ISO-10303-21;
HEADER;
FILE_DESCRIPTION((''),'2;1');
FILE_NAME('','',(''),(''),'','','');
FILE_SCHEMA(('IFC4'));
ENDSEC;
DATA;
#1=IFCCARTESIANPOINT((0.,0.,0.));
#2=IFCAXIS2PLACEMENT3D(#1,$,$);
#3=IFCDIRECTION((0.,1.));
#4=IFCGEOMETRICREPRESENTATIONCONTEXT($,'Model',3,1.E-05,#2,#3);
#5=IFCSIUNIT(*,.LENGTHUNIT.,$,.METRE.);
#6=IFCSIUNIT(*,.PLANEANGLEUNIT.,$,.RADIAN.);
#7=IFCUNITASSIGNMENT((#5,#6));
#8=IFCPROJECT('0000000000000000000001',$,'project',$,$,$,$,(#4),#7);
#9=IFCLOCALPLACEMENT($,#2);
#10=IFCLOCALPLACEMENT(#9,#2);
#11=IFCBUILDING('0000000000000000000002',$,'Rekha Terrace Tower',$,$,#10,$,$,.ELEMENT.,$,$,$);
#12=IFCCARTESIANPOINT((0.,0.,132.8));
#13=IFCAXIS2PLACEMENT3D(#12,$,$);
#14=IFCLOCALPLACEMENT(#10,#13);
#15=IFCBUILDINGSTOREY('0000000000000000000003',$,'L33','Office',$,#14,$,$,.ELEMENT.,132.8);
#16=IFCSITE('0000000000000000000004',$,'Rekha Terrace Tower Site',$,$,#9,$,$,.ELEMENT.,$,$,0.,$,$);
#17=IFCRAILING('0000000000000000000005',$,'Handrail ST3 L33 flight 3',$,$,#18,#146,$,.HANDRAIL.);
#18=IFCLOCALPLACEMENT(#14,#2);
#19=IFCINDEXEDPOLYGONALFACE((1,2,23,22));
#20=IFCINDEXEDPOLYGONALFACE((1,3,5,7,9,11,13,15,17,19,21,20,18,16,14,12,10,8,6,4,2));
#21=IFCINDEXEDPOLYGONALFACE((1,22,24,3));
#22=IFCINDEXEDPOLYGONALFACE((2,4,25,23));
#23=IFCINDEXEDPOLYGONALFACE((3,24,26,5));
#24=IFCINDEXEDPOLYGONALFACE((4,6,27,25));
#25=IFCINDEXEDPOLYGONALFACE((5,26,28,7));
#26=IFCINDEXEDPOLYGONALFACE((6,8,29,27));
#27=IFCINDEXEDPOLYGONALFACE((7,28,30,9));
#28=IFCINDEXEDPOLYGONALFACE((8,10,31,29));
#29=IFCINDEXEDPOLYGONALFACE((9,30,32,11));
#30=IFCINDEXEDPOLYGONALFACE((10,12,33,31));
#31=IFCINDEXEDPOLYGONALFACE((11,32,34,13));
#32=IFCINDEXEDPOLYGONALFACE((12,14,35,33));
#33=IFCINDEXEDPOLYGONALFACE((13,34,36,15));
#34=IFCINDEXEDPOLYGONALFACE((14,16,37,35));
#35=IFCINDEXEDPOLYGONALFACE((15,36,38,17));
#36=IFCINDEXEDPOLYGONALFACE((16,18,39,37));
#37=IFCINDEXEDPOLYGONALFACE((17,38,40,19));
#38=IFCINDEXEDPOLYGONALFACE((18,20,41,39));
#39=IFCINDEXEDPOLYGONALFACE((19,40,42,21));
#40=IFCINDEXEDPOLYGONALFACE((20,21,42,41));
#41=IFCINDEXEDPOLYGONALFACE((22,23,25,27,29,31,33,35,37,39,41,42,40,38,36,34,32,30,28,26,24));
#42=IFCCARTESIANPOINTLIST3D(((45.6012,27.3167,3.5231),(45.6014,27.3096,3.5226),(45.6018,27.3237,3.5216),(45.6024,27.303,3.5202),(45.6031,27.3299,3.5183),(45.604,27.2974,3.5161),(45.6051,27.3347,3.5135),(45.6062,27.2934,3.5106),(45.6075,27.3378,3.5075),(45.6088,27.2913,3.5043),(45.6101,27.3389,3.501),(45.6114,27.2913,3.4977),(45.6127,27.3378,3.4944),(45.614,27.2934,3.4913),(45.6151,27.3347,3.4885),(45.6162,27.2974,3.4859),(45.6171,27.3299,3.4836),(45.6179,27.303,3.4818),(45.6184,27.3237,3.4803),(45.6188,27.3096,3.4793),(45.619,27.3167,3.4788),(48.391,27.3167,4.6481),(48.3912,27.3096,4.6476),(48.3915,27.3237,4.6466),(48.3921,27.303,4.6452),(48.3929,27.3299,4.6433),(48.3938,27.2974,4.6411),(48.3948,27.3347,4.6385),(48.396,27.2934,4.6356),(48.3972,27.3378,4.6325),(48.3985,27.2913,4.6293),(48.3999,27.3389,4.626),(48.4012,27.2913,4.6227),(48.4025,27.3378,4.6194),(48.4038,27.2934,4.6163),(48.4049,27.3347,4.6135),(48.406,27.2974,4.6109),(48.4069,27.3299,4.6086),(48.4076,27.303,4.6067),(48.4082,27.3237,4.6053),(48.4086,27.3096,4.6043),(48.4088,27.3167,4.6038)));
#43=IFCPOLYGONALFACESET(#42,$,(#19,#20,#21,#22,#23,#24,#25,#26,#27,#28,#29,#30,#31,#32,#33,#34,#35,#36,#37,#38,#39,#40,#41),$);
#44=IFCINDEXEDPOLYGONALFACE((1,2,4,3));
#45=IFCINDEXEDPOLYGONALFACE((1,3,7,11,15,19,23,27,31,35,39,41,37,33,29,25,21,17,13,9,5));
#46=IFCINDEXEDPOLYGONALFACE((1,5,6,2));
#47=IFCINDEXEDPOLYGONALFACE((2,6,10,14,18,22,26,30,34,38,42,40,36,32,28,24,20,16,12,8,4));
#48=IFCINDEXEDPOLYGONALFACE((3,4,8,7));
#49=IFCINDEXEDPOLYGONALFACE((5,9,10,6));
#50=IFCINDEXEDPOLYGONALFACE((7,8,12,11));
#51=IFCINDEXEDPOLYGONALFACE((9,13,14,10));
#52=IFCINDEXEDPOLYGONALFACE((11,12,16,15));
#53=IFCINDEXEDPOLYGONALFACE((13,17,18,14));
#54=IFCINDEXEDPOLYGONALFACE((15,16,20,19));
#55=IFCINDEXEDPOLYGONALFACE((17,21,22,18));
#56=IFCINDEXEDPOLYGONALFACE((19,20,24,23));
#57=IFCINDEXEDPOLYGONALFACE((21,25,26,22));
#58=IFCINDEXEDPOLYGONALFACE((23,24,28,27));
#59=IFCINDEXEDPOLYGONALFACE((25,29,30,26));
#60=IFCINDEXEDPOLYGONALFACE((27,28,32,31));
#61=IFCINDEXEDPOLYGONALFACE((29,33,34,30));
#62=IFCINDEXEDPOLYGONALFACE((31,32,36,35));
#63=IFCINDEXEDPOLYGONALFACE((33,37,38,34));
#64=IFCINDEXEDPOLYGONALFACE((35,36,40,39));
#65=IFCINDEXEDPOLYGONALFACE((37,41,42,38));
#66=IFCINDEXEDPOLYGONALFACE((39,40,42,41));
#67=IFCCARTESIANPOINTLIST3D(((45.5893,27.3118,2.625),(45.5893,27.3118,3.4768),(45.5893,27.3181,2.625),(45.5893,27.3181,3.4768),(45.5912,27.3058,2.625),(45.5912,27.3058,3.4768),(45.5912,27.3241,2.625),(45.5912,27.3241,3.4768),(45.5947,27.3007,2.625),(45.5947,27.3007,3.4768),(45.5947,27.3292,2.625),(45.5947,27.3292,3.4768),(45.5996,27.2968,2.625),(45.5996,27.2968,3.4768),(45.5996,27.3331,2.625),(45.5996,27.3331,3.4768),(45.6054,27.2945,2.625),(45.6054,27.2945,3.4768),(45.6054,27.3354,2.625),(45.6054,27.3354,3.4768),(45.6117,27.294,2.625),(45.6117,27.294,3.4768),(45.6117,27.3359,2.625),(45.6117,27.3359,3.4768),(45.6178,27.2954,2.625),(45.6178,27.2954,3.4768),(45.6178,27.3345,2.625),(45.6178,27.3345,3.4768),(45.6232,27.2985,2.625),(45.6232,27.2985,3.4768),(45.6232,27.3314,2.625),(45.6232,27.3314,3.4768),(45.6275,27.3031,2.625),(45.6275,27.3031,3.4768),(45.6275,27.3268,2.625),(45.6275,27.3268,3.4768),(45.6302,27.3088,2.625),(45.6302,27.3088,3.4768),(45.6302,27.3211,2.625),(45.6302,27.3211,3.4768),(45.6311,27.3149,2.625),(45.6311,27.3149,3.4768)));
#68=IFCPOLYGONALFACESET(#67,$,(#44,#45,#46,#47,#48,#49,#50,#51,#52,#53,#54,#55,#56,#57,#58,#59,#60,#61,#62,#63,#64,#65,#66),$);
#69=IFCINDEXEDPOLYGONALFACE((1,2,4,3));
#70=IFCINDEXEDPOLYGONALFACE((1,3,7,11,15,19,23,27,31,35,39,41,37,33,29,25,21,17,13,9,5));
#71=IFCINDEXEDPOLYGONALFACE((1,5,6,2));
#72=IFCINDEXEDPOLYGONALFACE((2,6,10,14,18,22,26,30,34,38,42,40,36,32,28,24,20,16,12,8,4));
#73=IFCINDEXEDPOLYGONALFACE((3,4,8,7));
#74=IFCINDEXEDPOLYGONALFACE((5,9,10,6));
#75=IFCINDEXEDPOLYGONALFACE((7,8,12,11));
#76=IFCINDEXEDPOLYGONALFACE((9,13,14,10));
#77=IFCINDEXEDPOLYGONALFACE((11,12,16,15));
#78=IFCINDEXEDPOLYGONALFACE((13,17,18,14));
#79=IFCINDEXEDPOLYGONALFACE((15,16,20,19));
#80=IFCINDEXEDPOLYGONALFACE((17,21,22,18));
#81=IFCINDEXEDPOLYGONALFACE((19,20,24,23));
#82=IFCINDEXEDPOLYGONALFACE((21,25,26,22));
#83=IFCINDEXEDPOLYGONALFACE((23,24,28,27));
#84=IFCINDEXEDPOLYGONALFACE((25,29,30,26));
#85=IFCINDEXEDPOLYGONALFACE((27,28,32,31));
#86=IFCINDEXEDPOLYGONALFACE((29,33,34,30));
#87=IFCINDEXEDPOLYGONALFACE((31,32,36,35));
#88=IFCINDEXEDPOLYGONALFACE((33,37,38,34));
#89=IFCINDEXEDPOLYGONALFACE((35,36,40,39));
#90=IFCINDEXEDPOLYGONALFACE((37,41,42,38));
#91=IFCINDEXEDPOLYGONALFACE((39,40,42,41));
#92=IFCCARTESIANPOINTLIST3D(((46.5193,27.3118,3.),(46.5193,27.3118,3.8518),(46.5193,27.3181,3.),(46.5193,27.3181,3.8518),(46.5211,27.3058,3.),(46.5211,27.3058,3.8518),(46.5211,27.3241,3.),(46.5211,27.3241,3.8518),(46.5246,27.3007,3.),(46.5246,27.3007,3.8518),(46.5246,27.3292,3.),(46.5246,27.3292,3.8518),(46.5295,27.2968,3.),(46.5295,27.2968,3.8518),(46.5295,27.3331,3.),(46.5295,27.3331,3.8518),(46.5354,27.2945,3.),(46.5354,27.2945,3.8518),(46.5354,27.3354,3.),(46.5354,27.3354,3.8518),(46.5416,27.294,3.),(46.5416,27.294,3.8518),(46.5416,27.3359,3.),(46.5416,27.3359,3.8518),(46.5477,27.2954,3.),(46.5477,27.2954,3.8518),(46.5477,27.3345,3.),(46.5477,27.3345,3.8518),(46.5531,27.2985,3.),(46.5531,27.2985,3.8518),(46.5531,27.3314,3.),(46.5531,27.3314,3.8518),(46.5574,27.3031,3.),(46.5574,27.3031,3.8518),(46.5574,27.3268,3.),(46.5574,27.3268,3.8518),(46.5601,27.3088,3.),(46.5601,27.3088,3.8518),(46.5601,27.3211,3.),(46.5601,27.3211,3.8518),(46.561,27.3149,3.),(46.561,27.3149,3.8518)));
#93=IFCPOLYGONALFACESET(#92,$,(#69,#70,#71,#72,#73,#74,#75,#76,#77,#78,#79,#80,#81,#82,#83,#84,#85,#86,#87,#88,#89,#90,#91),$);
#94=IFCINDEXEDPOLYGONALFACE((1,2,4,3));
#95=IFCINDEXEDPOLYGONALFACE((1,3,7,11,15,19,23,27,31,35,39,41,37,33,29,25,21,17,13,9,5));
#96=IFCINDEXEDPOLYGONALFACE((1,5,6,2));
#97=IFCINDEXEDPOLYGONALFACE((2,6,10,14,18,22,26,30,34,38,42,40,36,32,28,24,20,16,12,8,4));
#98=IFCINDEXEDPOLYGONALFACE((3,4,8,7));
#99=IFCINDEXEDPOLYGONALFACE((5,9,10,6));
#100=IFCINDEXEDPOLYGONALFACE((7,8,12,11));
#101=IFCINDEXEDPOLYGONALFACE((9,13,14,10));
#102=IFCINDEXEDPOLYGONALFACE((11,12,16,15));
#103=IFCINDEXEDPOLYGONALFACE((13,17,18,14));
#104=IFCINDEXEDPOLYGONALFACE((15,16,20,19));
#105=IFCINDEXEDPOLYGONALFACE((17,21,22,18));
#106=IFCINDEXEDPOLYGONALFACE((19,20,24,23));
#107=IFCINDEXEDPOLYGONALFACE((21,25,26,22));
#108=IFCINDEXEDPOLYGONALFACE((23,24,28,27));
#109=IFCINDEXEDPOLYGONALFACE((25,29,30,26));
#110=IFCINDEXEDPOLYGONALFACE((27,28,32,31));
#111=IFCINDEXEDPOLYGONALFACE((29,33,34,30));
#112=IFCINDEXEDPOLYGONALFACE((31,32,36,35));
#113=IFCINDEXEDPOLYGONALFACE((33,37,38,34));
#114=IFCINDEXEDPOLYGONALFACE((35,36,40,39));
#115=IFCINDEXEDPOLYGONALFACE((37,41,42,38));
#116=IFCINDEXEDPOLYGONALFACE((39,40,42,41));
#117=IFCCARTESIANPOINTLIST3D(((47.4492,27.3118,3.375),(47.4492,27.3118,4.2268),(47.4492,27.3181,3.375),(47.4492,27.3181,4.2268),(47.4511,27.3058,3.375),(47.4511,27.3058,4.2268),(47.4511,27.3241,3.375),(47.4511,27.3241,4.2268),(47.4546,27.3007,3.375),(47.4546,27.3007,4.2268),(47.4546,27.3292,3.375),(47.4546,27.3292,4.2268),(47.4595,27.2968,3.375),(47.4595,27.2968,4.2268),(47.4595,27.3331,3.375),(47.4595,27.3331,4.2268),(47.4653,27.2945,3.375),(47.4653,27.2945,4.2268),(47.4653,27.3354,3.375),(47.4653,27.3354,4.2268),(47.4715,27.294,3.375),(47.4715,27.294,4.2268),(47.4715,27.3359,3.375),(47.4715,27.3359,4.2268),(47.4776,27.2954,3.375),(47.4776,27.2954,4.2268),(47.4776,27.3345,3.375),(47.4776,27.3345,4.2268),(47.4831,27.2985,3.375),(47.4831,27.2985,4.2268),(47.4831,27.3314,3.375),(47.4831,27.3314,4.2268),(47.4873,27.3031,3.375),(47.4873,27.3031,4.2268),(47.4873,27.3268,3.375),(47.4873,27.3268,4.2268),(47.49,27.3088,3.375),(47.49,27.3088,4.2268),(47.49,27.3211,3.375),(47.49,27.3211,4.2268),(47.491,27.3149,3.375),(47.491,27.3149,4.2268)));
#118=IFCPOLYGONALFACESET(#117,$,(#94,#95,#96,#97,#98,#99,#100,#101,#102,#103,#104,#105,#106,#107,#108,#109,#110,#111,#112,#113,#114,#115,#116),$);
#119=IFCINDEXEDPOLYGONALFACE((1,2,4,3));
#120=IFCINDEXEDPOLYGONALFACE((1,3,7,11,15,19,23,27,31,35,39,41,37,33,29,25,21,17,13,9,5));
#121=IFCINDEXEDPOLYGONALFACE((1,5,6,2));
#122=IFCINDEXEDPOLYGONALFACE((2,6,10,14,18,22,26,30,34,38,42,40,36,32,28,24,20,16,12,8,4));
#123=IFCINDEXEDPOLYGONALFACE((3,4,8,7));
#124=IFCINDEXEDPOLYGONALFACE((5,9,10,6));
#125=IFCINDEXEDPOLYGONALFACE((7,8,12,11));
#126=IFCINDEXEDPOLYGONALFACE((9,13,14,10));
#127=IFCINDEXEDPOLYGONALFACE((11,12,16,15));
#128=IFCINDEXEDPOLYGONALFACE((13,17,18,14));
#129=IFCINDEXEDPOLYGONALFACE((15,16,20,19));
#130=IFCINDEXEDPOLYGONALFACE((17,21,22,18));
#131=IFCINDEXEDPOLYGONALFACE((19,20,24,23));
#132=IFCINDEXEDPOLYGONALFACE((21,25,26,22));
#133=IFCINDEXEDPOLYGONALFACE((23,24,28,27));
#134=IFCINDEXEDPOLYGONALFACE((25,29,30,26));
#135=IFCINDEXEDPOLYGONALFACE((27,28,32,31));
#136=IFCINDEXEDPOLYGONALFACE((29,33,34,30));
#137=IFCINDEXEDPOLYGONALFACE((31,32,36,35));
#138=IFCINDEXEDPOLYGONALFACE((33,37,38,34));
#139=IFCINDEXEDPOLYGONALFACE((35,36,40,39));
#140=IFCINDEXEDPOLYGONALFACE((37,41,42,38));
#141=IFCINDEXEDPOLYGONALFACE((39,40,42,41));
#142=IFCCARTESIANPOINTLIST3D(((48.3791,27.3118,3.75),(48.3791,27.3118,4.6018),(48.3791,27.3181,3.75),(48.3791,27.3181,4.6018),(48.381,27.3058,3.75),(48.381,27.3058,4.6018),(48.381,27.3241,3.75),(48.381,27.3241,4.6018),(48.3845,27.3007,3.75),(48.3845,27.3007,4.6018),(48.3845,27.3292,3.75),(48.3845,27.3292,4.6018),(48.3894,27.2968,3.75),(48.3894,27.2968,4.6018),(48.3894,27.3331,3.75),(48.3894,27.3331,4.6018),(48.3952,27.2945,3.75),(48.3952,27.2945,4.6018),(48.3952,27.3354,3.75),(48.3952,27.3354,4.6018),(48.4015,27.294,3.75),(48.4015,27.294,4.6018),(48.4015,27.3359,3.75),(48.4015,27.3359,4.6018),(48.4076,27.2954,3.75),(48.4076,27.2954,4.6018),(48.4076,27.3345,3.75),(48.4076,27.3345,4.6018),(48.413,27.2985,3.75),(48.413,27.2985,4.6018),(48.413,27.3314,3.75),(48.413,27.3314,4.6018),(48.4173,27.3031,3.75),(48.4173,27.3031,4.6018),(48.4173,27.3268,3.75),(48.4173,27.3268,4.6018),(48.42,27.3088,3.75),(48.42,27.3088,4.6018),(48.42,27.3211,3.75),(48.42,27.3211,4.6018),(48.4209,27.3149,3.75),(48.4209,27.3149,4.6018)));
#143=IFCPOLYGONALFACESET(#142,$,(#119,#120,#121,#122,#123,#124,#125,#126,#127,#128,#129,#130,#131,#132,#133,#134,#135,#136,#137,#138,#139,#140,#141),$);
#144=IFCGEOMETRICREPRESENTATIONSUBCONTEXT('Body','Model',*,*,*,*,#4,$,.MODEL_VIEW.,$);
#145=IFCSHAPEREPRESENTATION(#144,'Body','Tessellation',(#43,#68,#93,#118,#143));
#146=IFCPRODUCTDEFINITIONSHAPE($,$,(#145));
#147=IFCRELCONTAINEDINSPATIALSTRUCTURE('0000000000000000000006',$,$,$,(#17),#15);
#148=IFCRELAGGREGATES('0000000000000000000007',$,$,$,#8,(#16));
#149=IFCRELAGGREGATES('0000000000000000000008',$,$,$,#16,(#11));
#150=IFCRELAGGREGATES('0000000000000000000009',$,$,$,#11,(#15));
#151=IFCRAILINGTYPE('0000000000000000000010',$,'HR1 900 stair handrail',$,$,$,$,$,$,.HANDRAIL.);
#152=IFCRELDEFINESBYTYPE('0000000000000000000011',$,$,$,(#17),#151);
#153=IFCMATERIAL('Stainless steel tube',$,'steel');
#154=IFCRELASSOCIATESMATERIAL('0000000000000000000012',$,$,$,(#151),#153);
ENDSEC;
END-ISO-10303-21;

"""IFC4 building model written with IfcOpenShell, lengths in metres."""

from ifc_helpers import new_model, si_unit, direction, frame, origin, origin_2d, place, context, subcontext, project, spatial, circle, extrude, material, type_object, element, save


model = new_model("IFC4")

# Units and contexts
model_context = context("Model", 3, precision=1e-05, world=origin(), true_north=direction((0.0, 1.0)))
body_context = subcontext(model_context, "Body", "Model", "MODEL_VIEW")
ifc_project = project(units=[si_unit("LENGTHUNIT", "METRE"), si_unit("PLANEANGLEUNIT", "RADIAN")], contexts=[model_context])

# Site, building, storey
site_placement = place(None, origin())
site = spatial("IfcSite", under=ifc_project, at=site_placement, Name="Rekha Terrace Tower Site", CompositionType="ELEMENT", RefElevation=0.0)
building_placement = place(site_placement, origin())
building = spatial("IfcBuilding", under=site, at=building_placement, Name="Rekha Terrace Tower", CompositionType="ELEMENT")
storey_placement = place(building_placement, frame((0.0, 0.0, 132.8)))
storey = spatial("IfcBuildingStorey", under=building, at=storey_placement, Name="L33", Description="Office", CompositionType="ELEMENT", Elevation=132.8)

# Railing
ifc_material_1 = material(Name="Stainless steel tube", Category="steel")
railing_type_1 = type_object("IfcRailingType", Name="HR1 900 stair handrail", PredefinedType="HANDRAIL", material=ifc_material_1)
railing_1_placement = place(storey_placement, frame((45.6101, 27.3149, 2.625)))
element("IfcRailing", 1, at=railing_1_placement, inside=storey, type_object=railing_type_1, Name="Handrail ST3 L33 flight 3", PredefinedType="HANDRAIL", context=body_context, shape_type="SweptSolid", body=[
    extrude(circle(Radius=0.0239, at=origin_2d()), frame((0.0, 0.0, 0.876), z_axis=(0.927432, 0.0, 0.373992), x_axis=(0.0, 1.0, 0.0)), (0.0, 0.0, 1.0), 3.0081),
    extrude(circle(Radius=0.021, at=origin_2d()), origin(), (0.0, 0.0, 1.0), 0.8518),
    extrude(circle(Radius=0.021, at=origin_2d()), frame((0.9299, 0.0, 0.375)), (0.0, 0.0, 1.0), 0.8518),
    extrude(circle(Radius=0.021, at=origin_2d()), frame((1.8599, 0.0, 0.75)), (0.0, 0.0, 1.0), 0.8518),
    extrude(circle(Radius=0.021, at=origin_2d()), frame((2.7898, 0.0, 1.125)), (0.0, 0.0, 1.0), 0.8518),
])

save(model, "model.ifc")
